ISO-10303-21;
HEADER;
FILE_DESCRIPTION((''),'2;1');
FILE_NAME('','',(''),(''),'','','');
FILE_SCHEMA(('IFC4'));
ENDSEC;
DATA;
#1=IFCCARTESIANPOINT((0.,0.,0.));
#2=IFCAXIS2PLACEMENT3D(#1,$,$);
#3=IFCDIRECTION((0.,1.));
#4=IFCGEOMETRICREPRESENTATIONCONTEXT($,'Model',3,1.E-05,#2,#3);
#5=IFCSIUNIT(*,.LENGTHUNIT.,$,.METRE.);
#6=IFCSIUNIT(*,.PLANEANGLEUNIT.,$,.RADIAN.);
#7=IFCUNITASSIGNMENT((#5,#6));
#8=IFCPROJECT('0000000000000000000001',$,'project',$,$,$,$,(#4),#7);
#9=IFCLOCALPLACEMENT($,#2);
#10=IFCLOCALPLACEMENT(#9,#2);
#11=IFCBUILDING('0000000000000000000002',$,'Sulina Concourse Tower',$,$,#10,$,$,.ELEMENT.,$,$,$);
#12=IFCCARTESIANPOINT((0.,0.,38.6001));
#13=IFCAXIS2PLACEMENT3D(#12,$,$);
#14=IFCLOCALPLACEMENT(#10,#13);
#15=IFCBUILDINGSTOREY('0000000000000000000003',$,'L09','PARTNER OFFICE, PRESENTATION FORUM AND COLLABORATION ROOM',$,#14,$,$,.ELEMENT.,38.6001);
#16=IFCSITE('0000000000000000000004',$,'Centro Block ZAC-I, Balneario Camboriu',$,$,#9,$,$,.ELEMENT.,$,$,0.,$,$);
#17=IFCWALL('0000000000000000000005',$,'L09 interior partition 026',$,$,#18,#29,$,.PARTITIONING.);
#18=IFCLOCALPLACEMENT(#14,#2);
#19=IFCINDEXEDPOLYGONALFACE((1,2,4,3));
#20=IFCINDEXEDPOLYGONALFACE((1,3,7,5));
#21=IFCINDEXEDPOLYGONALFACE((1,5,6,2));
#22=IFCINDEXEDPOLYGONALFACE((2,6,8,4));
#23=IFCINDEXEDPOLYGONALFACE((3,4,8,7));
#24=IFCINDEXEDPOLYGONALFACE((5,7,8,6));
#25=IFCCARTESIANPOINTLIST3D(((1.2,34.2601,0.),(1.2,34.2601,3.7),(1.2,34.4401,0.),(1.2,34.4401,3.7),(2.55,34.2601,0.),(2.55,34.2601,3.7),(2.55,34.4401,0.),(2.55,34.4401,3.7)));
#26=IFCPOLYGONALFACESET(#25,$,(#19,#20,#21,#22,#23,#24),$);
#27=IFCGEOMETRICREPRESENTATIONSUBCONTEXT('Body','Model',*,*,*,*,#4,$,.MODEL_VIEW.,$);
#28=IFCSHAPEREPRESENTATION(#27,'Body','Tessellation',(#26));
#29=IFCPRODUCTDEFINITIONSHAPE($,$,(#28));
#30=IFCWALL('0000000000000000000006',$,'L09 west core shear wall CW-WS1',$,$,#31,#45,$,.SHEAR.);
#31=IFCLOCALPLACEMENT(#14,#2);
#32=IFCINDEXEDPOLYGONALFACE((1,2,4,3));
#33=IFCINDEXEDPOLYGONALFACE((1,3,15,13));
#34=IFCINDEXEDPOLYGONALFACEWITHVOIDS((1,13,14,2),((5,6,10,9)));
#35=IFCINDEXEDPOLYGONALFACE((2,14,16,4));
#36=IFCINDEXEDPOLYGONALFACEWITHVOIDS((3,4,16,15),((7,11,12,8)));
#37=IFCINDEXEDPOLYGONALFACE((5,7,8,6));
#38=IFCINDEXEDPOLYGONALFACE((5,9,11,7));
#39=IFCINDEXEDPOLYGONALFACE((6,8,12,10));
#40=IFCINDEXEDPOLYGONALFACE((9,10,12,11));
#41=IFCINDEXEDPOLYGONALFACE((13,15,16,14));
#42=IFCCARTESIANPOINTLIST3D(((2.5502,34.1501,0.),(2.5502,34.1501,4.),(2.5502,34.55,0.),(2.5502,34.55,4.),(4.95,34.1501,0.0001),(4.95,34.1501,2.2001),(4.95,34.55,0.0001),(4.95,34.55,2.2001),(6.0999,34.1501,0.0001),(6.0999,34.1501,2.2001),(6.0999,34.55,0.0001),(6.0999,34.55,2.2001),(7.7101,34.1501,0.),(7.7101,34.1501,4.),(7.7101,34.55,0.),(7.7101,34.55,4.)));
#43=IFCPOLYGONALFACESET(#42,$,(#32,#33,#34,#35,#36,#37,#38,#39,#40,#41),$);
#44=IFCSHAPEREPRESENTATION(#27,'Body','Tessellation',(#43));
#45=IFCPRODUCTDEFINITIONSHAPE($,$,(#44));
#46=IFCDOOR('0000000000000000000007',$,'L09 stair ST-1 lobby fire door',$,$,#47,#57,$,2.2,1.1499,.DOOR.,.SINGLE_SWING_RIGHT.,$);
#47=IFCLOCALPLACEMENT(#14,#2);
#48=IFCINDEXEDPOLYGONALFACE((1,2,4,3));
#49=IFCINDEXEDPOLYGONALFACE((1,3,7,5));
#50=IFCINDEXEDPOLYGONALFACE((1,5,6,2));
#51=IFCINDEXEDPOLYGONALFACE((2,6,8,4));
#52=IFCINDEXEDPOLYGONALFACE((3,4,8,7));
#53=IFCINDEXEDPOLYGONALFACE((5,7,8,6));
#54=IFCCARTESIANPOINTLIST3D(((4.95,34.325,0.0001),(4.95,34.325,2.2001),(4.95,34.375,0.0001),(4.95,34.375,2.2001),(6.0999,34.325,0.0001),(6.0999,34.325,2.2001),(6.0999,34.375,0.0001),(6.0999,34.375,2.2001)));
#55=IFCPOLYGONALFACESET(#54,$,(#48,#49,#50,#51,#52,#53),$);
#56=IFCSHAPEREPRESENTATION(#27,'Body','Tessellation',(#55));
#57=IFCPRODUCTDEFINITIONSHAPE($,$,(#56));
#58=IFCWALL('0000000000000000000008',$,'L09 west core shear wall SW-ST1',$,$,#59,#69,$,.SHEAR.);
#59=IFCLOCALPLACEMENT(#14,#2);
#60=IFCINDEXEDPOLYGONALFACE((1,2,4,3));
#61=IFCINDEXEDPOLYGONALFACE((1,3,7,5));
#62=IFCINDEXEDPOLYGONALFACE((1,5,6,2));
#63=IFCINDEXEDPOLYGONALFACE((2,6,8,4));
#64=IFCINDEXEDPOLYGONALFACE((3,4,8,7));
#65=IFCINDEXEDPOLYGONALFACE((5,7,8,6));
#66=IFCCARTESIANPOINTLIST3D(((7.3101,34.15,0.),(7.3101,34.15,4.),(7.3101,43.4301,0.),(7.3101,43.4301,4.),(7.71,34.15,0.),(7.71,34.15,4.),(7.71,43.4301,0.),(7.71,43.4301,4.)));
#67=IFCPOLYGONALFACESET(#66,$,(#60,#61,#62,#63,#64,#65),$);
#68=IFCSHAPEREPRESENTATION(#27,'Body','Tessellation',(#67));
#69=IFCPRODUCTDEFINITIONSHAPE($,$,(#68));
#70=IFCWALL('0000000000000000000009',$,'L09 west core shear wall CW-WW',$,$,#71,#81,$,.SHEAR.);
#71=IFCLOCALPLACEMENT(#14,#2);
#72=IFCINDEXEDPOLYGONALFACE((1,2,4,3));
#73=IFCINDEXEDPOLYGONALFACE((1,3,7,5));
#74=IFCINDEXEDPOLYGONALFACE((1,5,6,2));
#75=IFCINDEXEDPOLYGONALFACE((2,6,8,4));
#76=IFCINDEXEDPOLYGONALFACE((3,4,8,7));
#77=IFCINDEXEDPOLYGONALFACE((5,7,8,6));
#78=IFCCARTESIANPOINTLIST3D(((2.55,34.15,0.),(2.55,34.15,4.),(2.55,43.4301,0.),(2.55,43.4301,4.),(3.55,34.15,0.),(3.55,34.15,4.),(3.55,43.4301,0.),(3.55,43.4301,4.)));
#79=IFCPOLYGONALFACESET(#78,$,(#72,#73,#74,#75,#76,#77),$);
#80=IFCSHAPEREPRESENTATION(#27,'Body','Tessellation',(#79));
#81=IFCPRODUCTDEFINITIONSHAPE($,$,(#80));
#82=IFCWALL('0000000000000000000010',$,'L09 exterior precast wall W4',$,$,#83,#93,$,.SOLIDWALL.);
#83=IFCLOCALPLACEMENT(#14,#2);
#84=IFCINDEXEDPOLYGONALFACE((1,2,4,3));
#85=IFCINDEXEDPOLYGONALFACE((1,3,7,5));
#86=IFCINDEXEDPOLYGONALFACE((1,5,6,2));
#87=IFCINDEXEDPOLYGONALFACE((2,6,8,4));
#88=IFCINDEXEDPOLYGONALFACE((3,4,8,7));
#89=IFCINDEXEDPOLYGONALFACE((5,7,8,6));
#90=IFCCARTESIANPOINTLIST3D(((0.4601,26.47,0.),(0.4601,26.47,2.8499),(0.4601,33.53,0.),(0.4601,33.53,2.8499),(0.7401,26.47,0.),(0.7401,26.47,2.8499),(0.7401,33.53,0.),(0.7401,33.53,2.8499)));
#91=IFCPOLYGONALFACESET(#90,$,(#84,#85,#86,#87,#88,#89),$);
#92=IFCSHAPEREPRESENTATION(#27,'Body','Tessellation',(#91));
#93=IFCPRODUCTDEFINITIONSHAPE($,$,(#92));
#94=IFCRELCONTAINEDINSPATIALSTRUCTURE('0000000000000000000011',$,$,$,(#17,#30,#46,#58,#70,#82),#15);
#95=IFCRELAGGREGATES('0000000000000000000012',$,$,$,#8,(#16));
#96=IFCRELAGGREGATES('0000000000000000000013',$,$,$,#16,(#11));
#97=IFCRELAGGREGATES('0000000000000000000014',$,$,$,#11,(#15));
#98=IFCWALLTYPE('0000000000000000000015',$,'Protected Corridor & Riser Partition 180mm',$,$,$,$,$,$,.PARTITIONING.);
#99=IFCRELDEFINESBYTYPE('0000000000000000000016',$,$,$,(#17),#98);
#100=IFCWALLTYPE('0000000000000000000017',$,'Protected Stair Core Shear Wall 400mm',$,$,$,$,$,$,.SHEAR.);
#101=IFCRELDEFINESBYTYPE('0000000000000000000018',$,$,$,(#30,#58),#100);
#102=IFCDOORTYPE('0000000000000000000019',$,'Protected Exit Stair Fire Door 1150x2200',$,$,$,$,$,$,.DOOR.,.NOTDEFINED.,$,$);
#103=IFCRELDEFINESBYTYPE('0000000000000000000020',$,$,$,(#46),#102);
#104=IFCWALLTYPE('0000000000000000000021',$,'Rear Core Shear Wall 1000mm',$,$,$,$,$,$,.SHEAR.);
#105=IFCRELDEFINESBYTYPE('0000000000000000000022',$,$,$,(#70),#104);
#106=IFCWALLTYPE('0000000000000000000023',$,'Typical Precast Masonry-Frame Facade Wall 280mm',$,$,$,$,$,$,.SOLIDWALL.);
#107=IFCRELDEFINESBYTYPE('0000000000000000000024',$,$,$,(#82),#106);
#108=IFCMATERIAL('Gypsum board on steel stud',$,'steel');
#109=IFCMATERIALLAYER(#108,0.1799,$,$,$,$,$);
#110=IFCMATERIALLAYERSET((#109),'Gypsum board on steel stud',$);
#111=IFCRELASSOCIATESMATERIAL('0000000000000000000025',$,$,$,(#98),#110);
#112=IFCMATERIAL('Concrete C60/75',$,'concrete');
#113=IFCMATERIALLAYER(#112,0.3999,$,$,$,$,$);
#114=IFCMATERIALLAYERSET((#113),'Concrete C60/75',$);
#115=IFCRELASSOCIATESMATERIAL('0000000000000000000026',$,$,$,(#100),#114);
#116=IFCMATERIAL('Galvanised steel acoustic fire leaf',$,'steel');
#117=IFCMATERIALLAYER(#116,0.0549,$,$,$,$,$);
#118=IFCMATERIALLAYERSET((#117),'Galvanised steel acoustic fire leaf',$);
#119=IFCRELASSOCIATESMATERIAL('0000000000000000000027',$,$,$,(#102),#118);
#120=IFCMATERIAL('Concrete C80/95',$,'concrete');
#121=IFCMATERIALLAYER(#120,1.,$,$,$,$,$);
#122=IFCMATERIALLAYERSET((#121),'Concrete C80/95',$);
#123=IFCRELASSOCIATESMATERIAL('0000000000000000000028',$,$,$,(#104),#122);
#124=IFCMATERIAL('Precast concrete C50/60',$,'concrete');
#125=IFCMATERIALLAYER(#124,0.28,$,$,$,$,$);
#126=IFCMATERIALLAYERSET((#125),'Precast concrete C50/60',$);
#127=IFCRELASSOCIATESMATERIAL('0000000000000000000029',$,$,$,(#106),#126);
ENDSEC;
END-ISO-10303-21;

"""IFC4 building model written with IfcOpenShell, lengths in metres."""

from ifc_helpers import new_model, si_unit, direction, frame, frame_2d, origin, place, context, subcontext, project, spatial, rectangle, extrude, material, layer, layer_set, type_object, element, fill, save


model = new_model("IFC4")

# Units and contexts
model_context = context("Model", 3, precision=1e-05, world=origin(), true_north=direction((0.0, 1.0)))
body_context = subcontext(model_context, "Body", "Model", "MODEL_VIEW")
ifc_project = project(units=[si_unit("LENGTHUNIT", "METRE"), si_unit("PLANEANGLEUNIT", "RADIAN")], contexts=[model_context])

# Site, building, storey
site_placement = place(None, origin())
site = spatial("IfcSite", under=ifc_project, at=site_placement, Name="Centro Block ZAC-I, Balneario Camboriu", CompositionType="ELEMENT", RefElevation=0.0)
building_placement = place(site_placement, origin())
building = spatial("IfcBuilding", under=site, at=building_placement, Name="Sulina Concourse Tower", CompositionType="ELEMENT")
storey_placement = place(building_placement, frame((0.0, 0.0, 38.6001)))
storey = spatial("IfcBuildingStorey", under=building, at=storey_placement, Name="L09", Description="PARTNER OFFICE, PRESENTATION FORUM AND COLLABORATION ROOM", CompositionType="ELEMENT", Elevation=38.6001)

# Wall
ifc_material_1 = material(Name="Gypsum board on steel stud", Category="steel")
ifc_layer_1 = layer(ifc_material_1, 0.1799)
ifc_layer_set_1 = layer_set([ifc_layer_1], Name="Gypsum board on steel stud")
wall_type_1 = type_object("IfcWallType", Name="Protected Corridor & Riser Partition 180mm", PredefinedType="PARTITIONING", material=ifc_layer_set_1)
wall_1_placement = place(storey_placement, frame((1.2, 34.3501, 0.0), z_axis=(0.0, 0.0, 1.0), x_axis=(1.0, 0.0, 0.0)))
element("IfcWall", 1, at=wall_1_placement, inside=storey, type_object=wall_type_1, Name="L09 interior partition 026", PredefinedType="PARTITIONING", context=body_context, shape_type="SweptSolid", body=[
    extrude(rectangle(XDim=1.3501, YDim=0.1799, at=frame_2d((0.675, 0.0))), origin(), (0.0, 0.0, 1.0), 3.7),
])

# Wall, opening, door
ifc_material_2 = material(Name="Concrete C60/75", Category="concrete")
ifc_layer_2 = layer(ifc_material_2, 0.3999)
ifc_layer_set_2 = layer_set([ifc_layer_2], Name="Concrete C60/75")
wall_type_2 = type_object("IfcWallType", Name="Protected Stair Core Shear Wall 400mm", PredefinedType="SHEAR", material=ifc_layer_set_2)
wall_2_placement = place(storey_placement, frame((2.55, 34.3501, 0.0), z_axis=(0.0, 0.0, 1.0), x_axis=(1.0, 0.0, 0.0)))
wall_2 = element("IfcWall", 2, at=wall_2_placement, inside=storey, type_object=wall_type_2, Name="L09 west core shear wall CW-WS1", PredefinedType="SHEAR", context=body_context, shape_type="SweptSolid", body=[
    extrude(rectangle(XDim=5.1599, YDim=0.3999, at=frame_2d((2.5801, 0.0))), origin(), (0.0, 0.0, 1.0), 4.0),
])
opening_placement = place(wall_2_placement, frame((2.3999, 0.0, 0.0)))
opening = element("IfcOpeningElement", 3, at=opening_placement, cuts=wall_2, PredefinedType="OPENING", context=body_context, shape_type="SweptSolid", body=[
    extrude(rectangle(XDim=1.1499, YDim=2.2, at=frame_2d((0.575, 1.1001))), frame((0.0, 0.21, 0.0), z_axis=(0.0, -1.0, 0.0), x_axis=(1.0, 0.0, 0.0)), (0.0, 0.0, 1.0), 0.4199),
])
ifc_material_3 = material(Name="Galvanised steel acoustic fire leaf", Category="steel")
ifc_layer_3 = layer(ifc_material_3, 0.0549)
ifc_layer_set_3 = layer_set([ifc_layer_3], Name="Galvanised steel acoustic fire leaf")
door_type = type_object("IfcDoorType", Name="Protected Exit Stair Fire Door 1150x2200", OperationType="NOTDEFINED", PredefinedType="DOOR", material=ifc_layer_set_3)
door_placement = place(opening_placement, origin())
door = element("IfcDoor", 4, at=door_placement, inside=storey, type_object=door_type, Name="L09 stair ST-1 lobby fire door", OperationType="SINGLE_SWING_RIGHT", OverallHeight=2.2, OverallWidth=1.1499, PredefinedType="DOOR", context=body_context, shape_type="SweptSolid", body=[
    extrude(rectangle(XDim=1.1499, YDim=2.2, at=frame_2d((0.575, 1.1001))), frame((0.0, 0.0249, 0.0), z_axis=(0.0, -1.0, 0.0), x_axis=(1.0, 0.0, 0.0)), (0.0, 0.0, 1.0), 0.05),
])
fill(opening, door)

# Walls
wall_3_placement = place(storey_placement, frame((7.51, 34.1499, 0.0), z_axis=(0.0, 0.0, 1.0), x_axis=(0.0, 1.0, 0.0)))
element("IfcWall", 5, at=wall_3_placement, inside=storey, type_object=wall_type_2, Name="L09 west core shear wall SW-ST1", PredefinedType="SHEAR", context=body_context, shape_type="SweptSolid", body=[
    extrude(rectangle(XDim=9.28, YDim=0.3999, at=frame_2d((4.6401, 0.0))), origin(), (0.0, 0.0, 1.0), 4.0),
])
ifc_material_4 = material(Name="Concrete C80/95", Category="concrete")
ifc_layer_4 = layer(ifc_material_4, 1.0)
ifc_layer_set_4 = layer_set([ifc_layer_4], Name="Concrete C80/95")
wall_type_3 = type_object("IfcWallType", Name="Rear Core Shear Wall 1000mm", PredefinedType="SHEAR", material=ifc_layer_set_4)
wall_4_placement = place(storey_placement, frame((3.05, 34.1499, 0.0), z_axis=(0.0, 0.0, 1.0), x_axis=(0.0, 1.0, 0.0)))
element("IfcWall", 6, at=wall_4_placement, inside=storey, type_object=wall_type_3, Name="L09 west core shear wall CW-WW", PredefinedType="SHEAR", context=body_context, shape_type="SweptSolid", body=[
    extrude(rectangle(XDim=9.28, YDim=1.0, at=frame_2d((4.6401, 0.0))), origin(), (0.0, 0.0, 1.0), 4.0),
])
ifc_material_5 = material(Name="Precast concrete C50/60", Category="concrete")
ifc_layer_5 = layer(ifc_material_5, 0.28)
ifc_layer_set_5 = layer_set([ifc_layer_5], Name="Precast concrete C50/60")
wall_type_4 = type_object("IfcWallType", Name="Typical Precast Masonry-Frame Facade Wall 280mm", PredefinedType="SOLIDWALL", material=ifc_layer_set_5)
wall_5_placement = place(storey_placement, frame((0.6001, 26.47, 0.0), z_axis=(0.0, 0.0, 1.0), x_axis=(0.0, 1.0, 0.0)))
element("IfcWall", 7, at=wall_5_placement, inside=storey, type_object=wall_type_4, Name="L09 exterior precast wall W4", PredefinedType="SOLIDWALL", context=body_context, shape_type="SweptSolid", body=[
    extrude(rectangle(XDim=7.0601, YDim=0.28, at=frame_2d((3.53, 0.0))), origin(), (0.0, 0.0, 1.0), 2.8499),
])

save(model, "model.ifc")
